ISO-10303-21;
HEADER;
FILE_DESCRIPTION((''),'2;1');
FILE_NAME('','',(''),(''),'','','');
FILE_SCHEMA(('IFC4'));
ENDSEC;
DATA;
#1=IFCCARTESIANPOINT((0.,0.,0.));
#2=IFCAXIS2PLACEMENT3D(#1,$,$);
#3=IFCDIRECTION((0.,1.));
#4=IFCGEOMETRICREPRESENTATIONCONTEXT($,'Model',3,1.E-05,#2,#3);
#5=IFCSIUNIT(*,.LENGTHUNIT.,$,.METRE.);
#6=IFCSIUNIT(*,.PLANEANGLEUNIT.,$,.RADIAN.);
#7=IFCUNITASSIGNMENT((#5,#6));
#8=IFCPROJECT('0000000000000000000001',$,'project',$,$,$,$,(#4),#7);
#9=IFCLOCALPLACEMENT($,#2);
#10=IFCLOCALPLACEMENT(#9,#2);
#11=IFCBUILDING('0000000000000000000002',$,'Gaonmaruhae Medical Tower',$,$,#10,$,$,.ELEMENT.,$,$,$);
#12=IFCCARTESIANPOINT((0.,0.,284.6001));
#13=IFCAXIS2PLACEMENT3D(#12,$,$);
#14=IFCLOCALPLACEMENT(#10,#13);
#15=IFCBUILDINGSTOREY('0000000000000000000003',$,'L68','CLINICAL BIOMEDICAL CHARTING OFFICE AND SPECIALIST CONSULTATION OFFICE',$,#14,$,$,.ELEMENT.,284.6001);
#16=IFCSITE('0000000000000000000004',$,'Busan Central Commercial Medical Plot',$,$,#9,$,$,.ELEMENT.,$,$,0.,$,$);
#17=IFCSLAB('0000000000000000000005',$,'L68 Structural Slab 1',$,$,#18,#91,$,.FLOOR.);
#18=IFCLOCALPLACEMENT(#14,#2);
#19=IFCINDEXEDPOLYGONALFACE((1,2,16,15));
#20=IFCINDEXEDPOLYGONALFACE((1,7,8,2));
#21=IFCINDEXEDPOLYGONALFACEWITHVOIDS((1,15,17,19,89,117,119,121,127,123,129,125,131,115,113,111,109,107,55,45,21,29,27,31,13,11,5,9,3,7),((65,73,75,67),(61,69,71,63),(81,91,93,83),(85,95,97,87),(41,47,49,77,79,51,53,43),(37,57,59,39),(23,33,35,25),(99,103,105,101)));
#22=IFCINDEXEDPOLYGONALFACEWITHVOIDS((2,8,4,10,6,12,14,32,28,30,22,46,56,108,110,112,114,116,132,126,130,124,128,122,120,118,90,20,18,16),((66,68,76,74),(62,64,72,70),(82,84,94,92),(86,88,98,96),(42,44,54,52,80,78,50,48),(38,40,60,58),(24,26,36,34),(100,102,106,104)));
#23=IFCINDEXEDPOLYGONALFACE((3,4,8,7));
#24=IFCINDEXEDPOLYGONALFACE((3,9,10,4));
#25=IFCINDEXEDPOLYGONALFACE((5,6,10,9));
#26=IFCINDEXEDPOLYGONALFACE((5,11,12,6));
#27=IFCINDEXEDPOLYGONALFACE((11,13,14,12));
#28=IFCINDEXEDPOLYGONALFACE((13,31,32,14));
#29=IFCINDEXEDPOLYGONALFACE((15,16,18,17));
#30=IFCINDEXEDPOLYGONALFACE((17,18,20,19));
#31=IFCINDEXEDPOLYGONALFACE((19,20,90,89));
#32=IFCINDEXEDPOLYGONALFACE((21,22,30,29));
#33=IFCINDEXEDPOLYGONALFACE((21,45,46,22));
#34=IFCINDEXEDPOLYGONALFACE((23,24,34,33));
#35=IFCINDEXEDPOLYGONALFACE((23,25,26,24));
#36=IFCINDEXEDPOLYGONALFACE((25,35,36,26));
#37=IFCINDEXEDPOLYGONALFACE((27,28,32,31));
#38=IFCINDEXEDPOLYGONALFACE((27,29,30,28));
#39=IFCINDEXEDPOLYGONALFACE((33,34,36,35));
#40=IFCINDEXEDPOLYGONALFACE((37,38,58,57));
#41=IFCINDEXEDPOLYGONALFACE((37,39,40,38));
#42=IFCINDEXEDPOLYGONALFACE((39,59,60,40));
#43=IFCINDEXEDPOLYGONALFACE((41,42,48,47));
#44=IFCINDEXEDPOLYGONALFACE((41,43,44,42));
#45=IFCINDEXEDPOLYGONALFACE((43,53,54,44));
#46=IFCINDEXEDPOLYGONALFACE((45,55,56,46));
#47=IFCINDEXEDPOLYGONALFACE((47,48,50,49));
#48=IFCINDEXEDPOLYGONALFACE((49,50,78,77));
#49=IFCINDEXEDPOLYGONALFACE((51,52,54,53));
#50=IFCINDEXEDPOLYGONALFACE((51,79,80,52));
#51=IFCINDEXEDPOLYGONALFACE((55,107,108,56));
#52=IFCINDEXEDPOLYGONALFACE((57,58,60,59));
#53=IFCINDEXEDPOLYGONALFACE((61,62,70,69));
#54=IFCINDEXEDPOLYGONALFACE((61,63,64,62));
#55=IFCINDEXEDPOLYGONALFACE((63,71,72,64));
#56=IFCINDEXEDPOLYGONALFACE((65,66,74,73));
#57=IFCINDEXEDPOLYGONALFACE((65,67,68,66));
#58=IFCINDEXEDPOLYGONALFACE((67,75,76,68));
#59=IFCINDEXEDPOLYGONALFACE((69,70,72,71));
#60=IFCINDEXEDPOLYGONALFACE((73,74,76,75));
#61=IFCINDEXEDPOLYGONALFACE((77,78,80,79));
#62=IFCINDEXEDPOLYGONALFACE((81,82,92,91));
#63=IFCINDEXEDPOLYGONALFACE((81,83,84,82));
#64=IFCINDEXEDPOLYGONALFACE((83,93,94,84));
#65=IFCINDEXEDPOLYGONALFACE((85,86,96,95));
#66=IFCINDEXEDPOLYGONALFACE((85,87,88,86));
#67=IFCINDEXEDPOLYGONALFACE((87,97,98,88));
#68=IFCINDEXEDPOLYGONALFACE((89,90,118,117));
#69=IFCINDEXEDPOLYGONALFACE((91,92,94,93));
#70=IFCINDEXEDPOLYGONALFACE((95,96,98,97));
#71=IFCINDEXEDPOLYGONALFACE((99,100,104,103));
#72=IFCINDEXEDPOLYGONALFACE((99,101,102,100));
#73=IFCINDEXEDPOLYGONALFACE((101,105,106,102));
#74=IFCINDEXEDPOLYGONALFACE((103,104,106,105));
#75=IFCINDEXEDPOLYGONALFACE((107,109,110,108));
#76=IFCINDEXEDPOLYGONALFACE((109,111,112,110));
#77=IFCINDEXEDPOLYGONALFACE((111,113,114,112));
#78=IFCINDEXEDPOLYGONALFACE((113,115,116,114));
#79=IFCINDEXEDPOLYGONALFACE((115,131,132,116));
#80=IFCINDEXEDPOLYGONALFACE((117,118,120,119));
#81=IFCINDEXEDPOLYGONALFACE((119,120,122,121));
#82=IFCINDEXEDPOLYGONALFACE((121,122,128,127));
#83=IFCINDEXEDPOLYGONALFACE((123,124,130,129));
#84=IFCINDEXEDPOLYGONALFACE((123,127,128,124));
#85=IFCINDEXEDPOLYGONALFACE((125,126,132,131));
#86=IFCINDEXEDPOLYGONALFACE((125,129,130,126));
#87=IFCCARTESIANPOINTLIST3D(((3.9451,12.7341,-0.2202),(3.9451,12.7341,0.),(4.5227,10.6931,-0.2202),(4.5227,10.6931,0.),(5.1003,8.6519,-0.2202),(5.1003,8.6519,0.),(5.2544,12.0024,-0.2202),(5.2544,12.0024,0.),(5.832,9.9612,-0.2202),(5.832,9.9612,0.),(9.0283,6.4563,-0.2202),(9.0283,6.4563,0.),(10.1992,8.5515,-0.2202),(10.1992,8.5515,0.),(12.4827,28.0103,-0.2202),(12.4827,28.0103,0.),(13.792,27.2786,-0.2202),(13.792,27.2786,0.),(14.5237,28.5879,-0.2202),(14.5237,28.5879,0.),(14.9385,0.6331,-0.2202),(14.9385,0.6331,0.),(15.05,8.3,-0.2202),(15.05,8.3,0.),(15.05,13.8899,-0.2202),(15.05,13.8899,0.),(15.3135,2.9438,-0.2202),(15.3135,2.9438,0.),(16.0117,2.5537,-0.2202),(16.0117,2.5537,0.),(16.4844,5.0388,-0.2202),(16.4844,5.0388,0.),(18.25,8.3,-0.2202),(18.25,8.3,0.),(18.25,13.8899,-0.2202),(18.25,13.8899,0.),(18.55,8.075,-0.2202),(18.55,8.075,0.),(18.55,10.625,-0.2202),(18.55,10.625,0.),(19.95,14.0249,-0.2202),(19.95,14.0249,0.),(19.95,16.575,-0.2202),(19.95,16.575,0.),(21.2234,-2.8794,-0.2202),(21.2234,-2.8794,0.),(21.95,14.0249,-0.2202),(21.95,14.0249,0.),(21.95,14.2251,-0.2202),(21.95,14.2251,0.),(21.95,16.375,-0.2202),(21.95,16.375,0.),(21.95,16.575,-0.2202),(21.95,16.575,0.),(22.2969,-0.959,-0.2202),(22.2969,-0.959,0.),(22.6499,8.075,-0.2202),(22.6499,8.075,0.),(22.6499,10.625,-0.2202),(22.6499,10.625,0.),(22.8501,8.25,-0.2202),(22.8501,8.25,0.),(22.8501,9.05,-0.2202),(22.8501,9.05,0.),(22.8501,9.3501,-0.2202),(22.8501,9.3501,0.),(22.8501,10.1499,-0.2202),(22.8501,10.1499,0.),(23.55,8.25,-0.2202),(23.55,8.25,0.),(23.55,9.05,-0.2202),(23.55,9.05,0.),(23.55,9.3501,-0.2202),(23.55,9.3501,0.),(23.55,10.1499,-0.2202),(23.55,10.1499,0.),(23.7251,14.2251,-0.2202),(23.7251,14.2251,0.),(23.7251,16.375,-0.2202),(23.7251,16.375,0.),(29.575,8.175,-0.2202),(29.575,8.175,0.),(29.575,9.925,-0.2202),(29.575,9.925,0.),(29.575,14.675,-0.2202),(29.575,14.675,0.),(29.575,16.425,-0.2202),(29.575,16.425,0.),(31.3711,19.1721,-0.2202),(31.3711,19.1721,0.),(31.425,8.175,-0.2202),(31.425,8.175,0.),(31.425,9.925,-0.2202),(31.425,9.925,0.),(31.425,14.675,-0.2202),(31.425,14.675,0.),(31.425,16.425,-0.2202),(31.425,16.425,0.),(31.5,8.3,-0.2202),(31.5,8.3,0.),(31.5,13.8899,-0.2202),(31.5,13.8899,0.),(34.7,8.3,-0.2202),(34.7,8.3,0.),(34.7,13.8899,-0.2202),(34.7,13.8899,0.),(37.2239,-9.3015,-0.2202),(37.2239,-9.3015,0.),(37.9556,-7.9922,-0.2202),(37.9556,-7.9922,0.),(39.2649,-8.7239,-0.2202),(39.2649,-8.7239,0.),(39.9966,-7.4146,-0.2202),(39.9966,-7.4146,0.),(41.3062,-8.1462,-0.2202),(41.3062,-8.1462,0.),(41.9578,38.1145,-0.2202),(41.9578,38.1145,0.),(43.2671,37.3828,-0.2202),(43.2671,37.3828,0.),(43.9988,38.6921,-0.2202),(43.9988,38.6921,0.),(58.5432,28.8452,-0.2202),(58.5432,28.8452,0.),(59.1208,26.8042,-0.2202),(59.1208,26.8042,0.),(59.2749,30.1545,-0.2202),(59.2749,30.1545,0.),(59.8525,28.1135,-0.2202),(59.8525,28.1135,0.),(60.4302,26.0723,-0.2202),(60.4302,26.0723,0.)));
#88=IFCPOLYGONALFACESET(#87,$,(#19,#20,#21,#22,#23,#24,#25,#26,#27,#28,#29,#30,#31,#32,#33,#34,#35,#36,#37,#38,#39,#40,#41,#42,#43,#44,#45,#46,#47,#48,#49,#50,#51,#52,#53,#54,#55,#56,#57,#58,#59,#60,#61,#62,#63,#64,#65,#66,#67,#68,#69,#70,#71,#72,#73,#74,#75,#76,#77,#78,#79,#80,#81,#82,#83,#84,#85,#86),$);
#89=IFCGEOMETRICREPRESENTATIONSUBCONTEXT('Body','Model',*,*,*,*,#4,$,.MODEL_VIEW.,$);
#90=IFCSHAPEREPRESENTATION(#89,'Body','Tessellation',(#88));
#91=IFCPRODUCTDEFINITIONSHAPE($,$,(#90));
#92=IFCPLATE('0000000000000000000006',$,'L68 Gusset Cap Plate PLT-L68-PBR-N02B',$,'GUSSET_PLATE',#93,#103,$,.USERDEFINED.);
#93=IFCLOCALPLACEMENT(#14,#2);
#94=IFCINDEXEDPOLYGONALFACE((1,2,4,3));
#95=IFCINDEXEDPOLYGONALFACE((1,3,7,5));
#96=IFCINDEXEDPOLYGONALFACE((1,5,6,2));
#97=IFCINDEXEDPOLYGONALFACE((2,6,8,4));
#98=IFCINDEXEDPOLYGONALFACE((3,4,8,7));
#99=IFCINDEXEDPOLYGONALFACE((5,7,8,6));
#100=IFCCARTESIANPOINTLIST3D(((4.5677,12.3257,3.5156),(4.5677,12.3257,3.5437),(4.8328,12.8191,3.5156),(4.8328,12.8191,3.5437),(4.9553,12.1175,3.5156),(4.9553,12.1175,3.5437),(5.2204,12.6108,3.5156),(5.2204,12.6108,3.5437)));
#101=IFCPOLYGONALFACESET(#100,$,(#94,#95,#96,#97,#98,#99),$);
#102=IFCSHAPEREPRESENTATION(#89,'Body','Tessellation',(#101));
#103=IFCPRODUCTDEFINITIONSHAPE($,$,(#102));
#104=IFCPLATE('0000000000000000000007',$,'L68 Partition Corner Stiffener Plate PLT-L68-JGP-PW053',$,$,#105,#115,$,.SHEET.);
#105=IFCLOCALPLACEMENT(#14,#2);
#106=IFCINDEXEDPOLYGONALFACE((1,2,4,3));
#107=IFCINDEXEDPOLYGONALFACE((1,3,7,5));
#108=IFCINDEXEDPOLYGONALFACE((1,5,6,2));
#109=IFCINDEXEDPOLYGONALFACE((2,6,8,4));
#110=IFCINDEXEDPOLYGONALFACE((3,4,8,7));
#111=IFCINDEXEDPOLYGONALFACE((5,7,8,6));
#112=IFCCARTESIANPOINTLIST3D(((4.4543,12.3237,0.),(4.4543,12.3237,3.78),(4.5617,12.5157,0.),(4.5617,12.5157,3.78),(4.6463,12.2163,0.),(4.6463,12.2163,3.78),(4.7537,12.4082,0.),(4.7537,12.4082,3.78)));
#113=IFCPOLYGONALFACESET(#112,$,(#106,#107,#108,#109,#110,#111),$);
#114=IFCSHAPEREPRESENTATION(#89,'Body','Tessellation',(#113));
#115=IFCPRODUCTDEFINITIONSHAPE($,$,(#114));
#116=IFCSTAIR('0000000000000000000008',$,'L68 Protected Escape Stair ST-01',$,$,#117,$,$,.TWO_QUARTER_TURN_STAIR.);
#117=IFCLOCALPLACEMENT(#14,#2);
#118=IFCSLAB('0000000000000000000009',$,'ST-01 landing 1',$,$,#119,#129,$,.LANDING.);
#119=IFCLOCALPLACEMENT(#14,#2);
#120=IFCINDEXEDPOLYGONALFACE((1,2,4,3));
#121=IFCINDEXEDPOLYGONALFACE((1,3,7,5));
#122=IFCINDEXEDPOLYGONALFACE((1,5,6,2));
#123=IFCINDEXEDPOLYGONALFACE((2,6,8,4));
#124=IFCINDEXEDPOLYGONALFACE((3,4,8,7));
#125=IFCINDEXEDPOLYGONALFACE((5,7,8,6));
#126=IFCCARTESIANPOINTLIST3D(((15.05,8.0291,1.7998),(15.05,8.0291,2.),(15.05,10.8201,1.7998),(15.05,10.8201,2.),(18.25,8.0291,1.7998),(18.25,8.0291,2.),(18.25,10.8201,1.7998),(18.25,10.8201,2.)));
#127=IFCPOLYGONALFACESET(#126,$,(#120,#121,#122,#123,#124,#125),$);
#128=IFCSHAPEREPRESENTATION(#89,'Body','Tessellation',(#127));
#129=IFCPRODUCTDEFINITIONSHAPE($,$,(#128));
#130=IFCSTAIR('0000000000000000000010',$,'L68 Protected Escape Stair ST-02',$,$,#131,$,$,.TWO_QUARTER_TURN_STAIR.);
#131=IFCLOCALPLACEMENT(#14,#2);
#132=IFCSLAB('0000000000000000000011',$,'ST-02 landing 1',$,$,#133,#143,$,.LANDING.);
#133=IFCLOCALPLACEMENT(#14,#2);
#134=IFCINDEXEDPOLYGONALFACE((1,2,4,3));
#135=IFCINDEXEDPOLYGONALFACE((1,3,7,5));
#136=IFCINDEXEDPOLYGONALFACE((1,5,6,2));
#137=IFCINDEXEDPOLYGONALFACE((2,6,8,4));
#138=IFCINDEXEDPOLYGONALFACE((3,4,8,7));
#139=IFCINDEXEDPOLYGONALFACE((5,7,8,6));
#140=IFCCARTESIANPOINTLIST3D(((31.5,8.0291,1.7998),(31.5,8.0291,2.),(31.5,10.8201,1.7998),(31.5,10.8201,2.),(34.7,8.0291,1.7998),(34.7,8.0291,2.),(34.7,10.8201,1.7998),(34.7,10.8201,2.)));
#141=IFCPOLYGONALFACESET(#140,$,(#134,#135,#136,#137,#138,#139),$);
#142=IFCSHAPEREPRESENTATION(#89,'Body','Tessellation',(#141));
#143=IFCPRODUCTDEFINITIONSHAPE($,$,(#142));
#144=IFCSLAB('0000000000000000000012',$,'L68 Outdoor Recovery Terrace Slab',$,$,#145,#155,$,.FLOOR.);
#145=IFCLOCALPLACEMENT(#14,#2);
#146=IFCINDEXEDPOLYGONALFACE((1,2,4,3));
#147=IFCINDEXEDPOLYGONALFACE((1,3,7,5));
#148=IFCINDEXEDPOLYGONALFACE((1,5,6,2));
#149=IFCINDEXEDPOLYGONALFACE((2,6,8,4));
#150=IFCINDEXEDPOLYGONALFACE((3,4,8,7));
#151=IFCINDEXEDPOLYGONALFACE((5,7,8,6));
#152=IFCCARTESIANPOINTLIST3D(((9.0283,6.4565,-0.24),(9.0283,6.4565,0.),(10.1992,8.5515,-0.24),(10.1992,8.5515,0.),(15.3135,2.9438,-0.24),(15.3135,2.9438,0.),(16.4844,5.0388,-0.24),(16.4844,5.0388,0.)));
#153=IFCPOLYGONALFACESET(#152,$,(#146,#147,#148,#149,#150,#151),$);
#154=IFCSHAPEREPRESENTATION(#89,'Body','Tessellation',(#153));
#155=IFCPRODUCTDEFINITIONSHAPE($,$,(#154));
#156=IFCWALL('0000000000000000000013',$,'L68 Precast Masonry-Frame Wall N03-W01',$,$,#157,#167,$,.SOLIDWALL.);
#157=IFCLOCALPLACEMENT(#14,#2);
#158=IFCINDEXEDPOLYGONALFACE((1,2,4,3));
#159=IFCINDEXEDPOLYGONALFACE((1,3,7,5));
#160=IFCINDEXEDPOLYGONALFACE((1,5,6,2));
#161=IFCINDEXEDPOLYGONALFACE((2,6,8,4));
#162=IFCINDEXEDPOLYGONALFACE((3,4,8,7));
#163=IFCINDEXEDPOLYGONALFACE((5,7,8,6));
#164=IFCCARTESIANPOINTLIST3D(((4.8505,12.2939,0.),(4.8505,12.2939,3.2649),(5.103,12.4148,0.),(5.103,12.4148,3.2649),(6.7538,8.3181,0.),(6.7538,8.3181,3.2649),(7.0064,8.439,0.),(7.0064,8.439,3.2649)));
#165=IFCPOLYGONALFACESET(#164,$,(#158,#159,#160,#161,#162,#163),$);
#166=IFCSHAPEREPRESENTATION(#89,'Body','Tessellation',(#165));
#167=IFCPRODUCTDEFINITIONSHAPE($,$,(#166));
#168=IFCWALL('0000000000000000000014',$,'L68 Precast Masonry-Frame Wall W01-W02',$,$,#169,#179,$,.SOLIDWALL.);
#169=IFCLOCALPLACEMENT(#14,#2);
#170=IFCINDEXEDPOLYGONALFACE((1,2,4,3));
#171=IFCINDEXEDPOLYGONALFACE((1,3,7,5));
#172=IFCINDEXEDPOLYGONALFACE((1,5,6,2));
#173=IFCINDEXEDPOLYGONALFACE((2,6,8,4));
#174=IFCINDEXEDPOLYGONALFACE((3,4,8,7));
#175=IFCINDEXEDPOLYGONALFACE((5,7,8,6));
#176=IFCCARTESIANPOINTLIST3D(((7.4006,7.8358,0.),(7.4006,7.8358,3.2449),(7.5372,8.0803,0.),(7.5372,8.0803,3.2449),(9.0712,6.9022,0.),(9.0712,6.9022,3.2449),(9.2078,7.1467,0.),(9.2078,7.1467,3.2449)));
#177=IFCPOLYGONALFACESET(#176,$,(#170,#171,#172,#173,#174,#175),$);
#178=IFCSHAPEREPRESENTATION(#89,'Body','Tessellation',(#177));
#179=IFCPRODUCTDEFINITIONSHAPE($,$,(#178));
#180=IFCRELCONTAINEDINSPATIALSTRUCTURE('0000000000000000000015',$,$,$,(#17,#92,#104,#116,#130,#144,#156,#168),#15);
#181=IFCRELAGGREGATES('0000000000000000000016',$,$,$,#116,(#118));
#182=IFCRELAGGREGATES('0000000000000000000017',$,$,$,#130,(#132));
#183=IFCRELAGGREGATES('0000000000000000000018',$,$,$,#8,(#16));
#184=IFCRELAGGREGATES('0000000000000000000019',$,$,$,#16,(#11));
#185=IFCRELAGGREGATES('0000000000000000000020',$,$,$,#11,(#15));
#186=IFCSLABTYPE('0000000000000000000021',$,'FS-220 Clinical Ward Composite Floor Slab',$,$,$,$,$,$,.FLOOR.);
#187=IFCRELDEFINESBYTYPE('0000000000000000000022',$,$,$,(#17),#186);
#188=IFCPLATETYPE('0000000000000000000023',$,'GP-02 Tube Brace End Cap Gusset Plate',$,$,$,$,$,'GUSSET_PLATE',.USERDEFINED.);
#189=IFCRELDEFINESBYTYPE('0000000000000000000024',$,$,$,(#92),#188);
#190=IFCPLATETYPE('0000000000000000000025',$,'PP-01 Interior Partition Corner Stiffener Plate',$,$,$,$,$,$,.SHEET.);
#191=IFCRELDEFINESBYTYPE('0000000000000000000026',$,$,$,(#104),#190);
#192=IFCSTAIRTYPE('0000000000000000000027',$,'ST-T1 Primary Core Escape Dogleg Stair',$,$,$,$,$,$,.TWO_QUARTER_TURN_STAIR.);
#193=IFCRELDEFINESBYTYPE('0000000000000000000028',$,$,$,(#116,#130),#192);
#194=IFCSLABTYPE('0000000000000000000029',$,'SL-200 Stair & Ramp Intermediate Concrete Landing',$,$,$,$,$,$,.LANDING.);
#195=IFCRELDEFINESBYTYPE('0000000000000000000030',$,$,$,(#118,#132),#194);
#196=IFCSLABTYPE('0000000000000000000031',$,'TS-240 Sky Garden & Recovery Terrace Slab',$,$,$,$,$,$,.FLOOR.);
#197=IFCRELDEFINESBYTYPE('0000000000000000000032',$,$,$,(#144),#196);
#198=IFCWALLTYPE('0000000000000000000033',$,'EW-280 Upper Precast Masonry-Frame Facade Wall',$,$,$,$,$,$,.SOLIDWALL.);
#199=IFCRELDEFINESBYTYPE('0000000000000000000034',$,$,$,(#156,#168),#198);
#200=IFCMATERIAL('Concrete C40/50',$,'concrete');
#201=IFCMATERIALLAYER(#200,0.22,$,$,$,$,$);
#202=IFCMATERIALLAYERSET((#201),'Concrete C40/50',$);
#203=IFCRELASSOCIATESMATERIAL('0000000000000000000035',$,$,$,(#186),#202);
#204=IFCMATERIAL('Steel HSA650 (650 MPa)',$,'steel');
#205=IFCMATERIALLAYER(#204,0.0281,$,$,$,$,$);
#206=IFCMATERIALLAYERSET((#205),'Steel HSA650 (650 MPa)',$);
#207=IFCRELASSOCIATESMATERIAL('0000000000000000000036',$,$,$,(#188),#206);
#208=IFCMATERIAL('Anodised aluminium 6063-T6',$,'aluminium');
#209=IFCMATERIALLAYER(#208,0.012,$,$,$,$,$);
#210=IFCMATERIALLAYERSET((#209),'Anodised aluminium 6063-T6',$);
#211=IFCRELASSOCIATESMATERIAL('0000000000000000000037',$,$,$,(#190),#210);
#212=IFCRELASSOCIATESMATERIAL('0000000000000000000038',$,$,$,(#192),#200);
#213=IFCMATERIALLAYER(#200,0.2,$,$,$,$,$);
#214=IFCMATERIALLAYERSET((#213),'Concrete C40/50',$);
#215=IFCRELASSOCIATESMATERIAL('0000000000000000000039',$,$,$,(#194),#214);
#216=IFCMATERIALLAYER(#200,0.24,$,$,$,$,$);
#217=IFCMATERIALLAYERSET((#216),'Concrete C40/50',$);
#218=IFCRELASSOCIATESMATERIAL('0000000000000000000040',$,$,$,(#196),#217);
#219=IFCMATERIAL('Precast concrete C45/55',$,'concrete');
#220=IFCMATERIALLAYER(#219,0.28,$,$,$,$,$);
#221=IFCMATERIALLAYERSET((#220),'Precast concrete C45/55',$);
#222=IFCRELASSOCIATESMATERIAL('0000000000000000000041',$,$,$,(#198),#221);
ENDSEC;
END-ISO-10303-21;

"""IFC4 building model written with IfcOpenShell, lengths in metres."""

from ifc_helpers import new_model, si_unit, direction, frame, frame_2d, origin, origin_2d, place, context, subcontext, project, spatial, polyline, rectangle, outline, extrude, material, layer, layer_set, type_object, element, aggregate, save


model = new_model("IFC4")

# Units and contexts
model_context = context("Model", 3, precision=1e-05, world=origin(), true_north=direction((0.0, 1.0)))
body_context = subcontext(model_context, "Body", "Model", "MODEL_VIEW")
ifc_project = project(units=[si_unit("LENGTHUNIT", "METRE"), si_unit("PLANEANGLEUNIT", "RADIAN")], contexts=[model_context])

# Site, building, storey
site_placement = place(None, origin())
site = spatial("IfcSite", under=ifc_project, at=site_placement, Name="Busan Central Commercial Medical Plot", CompositionType="ELEMENT", RefElevation=0.0)
building_placement = place(site_placement, origin())
building = spatial("IfcBuilding", under=site, at=building_placement, Name="Gaonmaruhae Medical Tower", CompositionType="ELEMENT")
storey_placement = place(building_placement, frame((0.0, 0.0, 284.6001)))
storey = spatial("IfcBuildingStorey", under=building, at=storey_placement, Name="L68", Description="CLINICAL BIOMEDICAL CHARTING OFFICE AND SPECIALIST CONSULTATION OFFICE", CompositionType="ELEMENT", Elevation=284.6001)

# Slab
ifc_material_1 = material(Name="Concrete C40/50", Category="concrete")
ifc_layer_1 = layer(ifc_material_1, 0.22)
ifc_layer_set_1 = layer_set([ifc_layer_1], Name="Concrete C40/50")
slab_type_1 = type_object("IfcSlabType", Name="FS-220 Clinical Ward Composite Floor Slab", PredefinedType="FLOOR", material=ifc_layer_set_1)
slab_1_placement = place(storey_placement, frame((0.0, 0.0, -0.2202)))
element("IfcSlab", 1, at=slab_1_placement, inside=storey, type_object=slab_type_1, Name="L68 Structural Slab 1", PredefinedType="FLOOR", context=body_context, shape_type="SweptSolid", body=[
    extrude(outline(polyline([(5.832, 9.9612), (4.5227, 10.6931), (5.2544, 12.0024), (3.9451, 12.7341), (12.4827, 28.0103), (13.792, 27.2786), (14.5237, 28.5879), (31.3711, 19.1721), (41.9578, 38.1145), (43.2671, 37.3828), (43.9988, 38.6921), (59.2749, 30.1545), (58.5432, 28.8452), (59.8525, 28.1135), (59.1208, 26.8042), (60.4302, 26.0723), (41.3062, -8.1462), (39.9966, -7.4146), (39.2649, -8.7239), (37.9556, -7.9922), (37.2239, -9.3015), (22.2969, -0.959), (21.2234, -2.8794), (14.9385, 0.6331), (16.0117, 2.5537), (15.3135, 2.9438), (16.4844, 5.0388), (10.1992, 8.5515), (9.0283, 6.4563), (5.1003, 8.6519), (5.832, 9.9612)]), holes=[polyline([(23.55, 8.25), (22.8501, 8.25), (22.8501, 9.05), (23.55, 9.05), (23.55, 8.25)]), polyline([(29.575, 9.925), (31.425, 9.925), (31.425, 8.175), (29.575, 8.175), (29.575, 9.925)]), polyline([(18.55, 10.625), (22.6499, 10.625), (22.6499, 8.075), (18.55, 8.075), (18.55, 10.625)]), polyline([(23.55, 9.3501), (22.8501, 9.3501), (22.8501, 10.1499), (23.55, 10.1499), (23.55, 9.3501)]), polyline([(15.05, 13.8899), (18.25, 13.8899), (18.25, 8.3), (15.05, 8.3), (15.05, 13.8899)]), polyline([(31.5, 13.8899), (34.7, 13.8899), (34.7, 8.3), (31.5, 8.3), (31.5, 13.8899)]), polyline([(23.7251, 14.2251), (21.95, 14.2251), (21.95, 14.0249), (19.95, 14.0249), (19.95, 16.575), (21.95, 16.575), (21.95, 16.375), (23.7251, 16.375), (23.7251, 14.2251)]), polyline([(31.425, 16.425), (31.425, 14.675), (29.575, 14.675), (29.575, 16.425), (31.425, 16.425)])]), origin(), (0.0, 0.0, 1.0), 0.2202),
])

# Plates
ifc_material_2 = material(Name="Steel HSA650 (650 MPa)", Category="steel")
ifc_layer_2 = layer(ifc_material_2, 0.0281)
ifc_layer_set_2 = layer_set([ifc_layer_2], Name="Steel HSA650 (650 MPa)")
plate_type_1 = type_object("IfcPlateType", Name="GP-02 Tube Brace End Cap Gusset Plate", ElementType="GUSSET_PLATE", PredefinedType="USERDEFINED", material=ifc_layer_set_2)
plate_1_placement = place(storey_placement, frame((4.894, 12.4683, 3.5156), z_axis=(0.0, 0.0, 1.0), x_axis=(0.47332, 0.880891, 0.0)))
element("IfcPlate", 2, at=plate_1_placement, inside=storey, type_object=plate_type_1, Name="L68 Gusset Cap Plate PLT-L68-PBR-N02B", ObjectType="GUSSET_PLATE", PredefinedType="USERDEFINED", context=body_context, shape_type="SweptSolid", body=[
    extrude(rectangle(XDim=0.5601, YDim=0.4399, at=origin_2d()), origin(), (0.0, 0.0, 1.0), 0.0281),
])
ifc_material_3 = material(Name="Anodised aluminium 6063-T6", Category="aluminium")
ifc_layer_3 = layer(ifc_material_3, 0.012)
ifc_layer_set_3 = layer_set([ifc_layer_3], Name="Anodised aluminium 6063-T6")
plate_type_2 = type_object("IfcPlateType", Name="PP-01 Interior Partition Corner Stiffener Plate", PredefinedType="SHEET", material=ifc_layer_set_3)
plate_2_placement = place(storey_placement, frame((4.604, 12.366, 0.0), z_axis=(0.0, 0.0, 1.0), x_axis=(-0.872641, 0.488362, 0.0)))
element("IfcPlate", 3, at=plate_2_placement, inside=storey, type_object=plate_type_2, Name="L68 Partition Corner Stiffener Plate PLT-L68-JGP-PW053", PredefinedType="SHEET", context=body_context, shape_type="SweptSolid", body=[
    extrude(rectangle(XDim=0.22, YDim=0.22, at=origin_2d()), origin(), (0.0, 0.0, 1.0), 3.78),
])

# Stairs, slabs
stair_type = type_object("IfcStairType", Name="ST-T1 Primary Core Escape Dogleg Stair", PredefinedType="TWO_QUARTER_TURN_STAIR", material=ifc_material_1)
stair_1_placement = place(storey_placement, origin())
stair_1 = element("IfcStair", 4, at=stair_1_placement, inside=storey, type_object=stair_type, Name="L68 Protected Escape Stair ST-01", PredefinedType="TWO_QUARTER_TURN_STAIR")
ifc_layer_4 = layer(ifc_material_1, 0.2)
ifc_layer_set_4 = layer_set([ifc_layer_4], Name="Concrete C40/50")
slab_type_2 = type_object("IfcSlabType", Name="SL-200 Stair & Ramp Intermediate Concrete Landing", PredefinedType="LANDING", material=ifc_layer_set_4)
slab_2_placement = place(storey_placement, frame((0.0, 0.0, 1.7998)))
slab_2 = element("IfcSlab", 5, at=slab_2_placement, type_object=slab_type_2, Name="ST-01 landing 1", PredefinedType="LANDING", context=body_context, shape_type="SweptSolid", body=[
    extrude(outline(polyline([(15.05, 10.8201), (15.05, 8.0291), (18.25, 8.0291), (18.25, 10.8201), (15.05, 10.8201)])), origin(), (0.0, 0.0, 1.0), 0.2002),
])
aggregate(stair_1, [slab_2])
stair_2_placement = place(storey_placement, origin())
stair_2 = element("IfcStair", 6, at=stair_2_placement, inside=storey, type_object=stair_type, Name="L68 Protected Escape Stair ST-02", PredefinedType="TWO_QUARTER_TURN_STAIR")
slab_3_placement = place(storey_placement, frame((0.0, 0.0, 1.7998)))
slab_3 = element("IfcSlab", 7, at=slab_3_placement, type_object=slab_type_2, Name="ST-02 landing 1", PredefinedType="LANDING", context=body_context, shape_type="SweptSolid", body=[
    extrude(outline(polyline([(31.5, 10.8201), (31.5, 8.0291), (34.7, 8.0291), (34.7, 10.8201), (31.5, 10.8201)])), origin(), (0.0, 0.0, 1.0), 0.2002),
])
aggregate(stair_2, [slab_3])

# Slab
ifc_layer_5 = layer(ifc_material_1, 0.24)
ifc_layer_set_5 = layer_set([ifc_layer_5], Name="Concrete C40/50")
slab_type_3 = type_object("IfcSlabType", Name="TS-240 Sky Garden & Recovery Terrace Slab", PredefinedType="FLOOR", material=ifc_layer_set_5)
slab_4_placement = place(storey_placement, frame((0.0, 0.0, -0.24)))
element("IfcSlab", 8, at=slab_4_placement, inside=storey, type_object=slab_type_3, Name="L68 Outdoor Recovery Terrace Slab", PredefinedType="FLOOR", context=body_context, shape_type="SweptSolid", body=[
    extrude(outline(polyline([(15.3135, 2.9438), (16.4844, 5.0388), (10.1992, 8.5515), (9.0283, 6.4565), (15.3135, 2.9438)])), origin(), (0.0, 0.0, 1.0), 0.24),
])

# Walls
ifc_material_4 = material(Name="Precast concrete C45/55", Category="concrete")
ifc_layer_6 = layer(ifc_material_4, 0.28)
ifc_layer_set_6 = layer_set([ifc_layer_6], Name="Precast concrete C45/55")
wall_type_1 = type_object("IfcWallType", Name="EW-280 Upper Precast Masonry-Frame Facade Wall", PredefinedType="SOLIDWALL", material=ifc_layer_set_6)
wall_1_placement = place(storey_placement, frame((6.8801, 8.3784, 0.0), z_axis=(0.0, 0.0, 1.0), x_axis=(-0.431795, 0.901972, 0.0)))
element("IfcWall", 9, at=wall_1_placement, inside=storey, type_object=wall_type_1, Name="L68 Precast Masonry-Frame Wall N03-W01", PredefinedType="SOLIDWALL", context=body_context, shape_type="SweptSolid", body=[
    extrude(rectangle(XDim=4.408, YDim=0.28, at=frame_2d((2.2041, 0.0))), origin(), (0.0, 0.0, 1.0), 3.2649),
])
wall_2_placement = place(storey_placement, frame((9.1396, 7.0244, 0.0), z_axis=(0.0, 0.0, 1.0), x_axis=(-0.872945, 0.487818, 0.0)))
element("IfcWall", 10, at=wall_2_placement, inside=storey, type_object=wall_type_1, Name="L68 Precast Masonry-Frame Wall W01-W02", PredefinedType="SOLIDWALL", context=body_context, shape_type="SweptSolid", body=[
    extrude(rectangle(XDim=1.9138, YDim=0.28, at=frame_2d((0.957, 0.0))), origin(), (0.0, 0.0, 1.0), 3.2449),
])

save(model, "model.ifc")
